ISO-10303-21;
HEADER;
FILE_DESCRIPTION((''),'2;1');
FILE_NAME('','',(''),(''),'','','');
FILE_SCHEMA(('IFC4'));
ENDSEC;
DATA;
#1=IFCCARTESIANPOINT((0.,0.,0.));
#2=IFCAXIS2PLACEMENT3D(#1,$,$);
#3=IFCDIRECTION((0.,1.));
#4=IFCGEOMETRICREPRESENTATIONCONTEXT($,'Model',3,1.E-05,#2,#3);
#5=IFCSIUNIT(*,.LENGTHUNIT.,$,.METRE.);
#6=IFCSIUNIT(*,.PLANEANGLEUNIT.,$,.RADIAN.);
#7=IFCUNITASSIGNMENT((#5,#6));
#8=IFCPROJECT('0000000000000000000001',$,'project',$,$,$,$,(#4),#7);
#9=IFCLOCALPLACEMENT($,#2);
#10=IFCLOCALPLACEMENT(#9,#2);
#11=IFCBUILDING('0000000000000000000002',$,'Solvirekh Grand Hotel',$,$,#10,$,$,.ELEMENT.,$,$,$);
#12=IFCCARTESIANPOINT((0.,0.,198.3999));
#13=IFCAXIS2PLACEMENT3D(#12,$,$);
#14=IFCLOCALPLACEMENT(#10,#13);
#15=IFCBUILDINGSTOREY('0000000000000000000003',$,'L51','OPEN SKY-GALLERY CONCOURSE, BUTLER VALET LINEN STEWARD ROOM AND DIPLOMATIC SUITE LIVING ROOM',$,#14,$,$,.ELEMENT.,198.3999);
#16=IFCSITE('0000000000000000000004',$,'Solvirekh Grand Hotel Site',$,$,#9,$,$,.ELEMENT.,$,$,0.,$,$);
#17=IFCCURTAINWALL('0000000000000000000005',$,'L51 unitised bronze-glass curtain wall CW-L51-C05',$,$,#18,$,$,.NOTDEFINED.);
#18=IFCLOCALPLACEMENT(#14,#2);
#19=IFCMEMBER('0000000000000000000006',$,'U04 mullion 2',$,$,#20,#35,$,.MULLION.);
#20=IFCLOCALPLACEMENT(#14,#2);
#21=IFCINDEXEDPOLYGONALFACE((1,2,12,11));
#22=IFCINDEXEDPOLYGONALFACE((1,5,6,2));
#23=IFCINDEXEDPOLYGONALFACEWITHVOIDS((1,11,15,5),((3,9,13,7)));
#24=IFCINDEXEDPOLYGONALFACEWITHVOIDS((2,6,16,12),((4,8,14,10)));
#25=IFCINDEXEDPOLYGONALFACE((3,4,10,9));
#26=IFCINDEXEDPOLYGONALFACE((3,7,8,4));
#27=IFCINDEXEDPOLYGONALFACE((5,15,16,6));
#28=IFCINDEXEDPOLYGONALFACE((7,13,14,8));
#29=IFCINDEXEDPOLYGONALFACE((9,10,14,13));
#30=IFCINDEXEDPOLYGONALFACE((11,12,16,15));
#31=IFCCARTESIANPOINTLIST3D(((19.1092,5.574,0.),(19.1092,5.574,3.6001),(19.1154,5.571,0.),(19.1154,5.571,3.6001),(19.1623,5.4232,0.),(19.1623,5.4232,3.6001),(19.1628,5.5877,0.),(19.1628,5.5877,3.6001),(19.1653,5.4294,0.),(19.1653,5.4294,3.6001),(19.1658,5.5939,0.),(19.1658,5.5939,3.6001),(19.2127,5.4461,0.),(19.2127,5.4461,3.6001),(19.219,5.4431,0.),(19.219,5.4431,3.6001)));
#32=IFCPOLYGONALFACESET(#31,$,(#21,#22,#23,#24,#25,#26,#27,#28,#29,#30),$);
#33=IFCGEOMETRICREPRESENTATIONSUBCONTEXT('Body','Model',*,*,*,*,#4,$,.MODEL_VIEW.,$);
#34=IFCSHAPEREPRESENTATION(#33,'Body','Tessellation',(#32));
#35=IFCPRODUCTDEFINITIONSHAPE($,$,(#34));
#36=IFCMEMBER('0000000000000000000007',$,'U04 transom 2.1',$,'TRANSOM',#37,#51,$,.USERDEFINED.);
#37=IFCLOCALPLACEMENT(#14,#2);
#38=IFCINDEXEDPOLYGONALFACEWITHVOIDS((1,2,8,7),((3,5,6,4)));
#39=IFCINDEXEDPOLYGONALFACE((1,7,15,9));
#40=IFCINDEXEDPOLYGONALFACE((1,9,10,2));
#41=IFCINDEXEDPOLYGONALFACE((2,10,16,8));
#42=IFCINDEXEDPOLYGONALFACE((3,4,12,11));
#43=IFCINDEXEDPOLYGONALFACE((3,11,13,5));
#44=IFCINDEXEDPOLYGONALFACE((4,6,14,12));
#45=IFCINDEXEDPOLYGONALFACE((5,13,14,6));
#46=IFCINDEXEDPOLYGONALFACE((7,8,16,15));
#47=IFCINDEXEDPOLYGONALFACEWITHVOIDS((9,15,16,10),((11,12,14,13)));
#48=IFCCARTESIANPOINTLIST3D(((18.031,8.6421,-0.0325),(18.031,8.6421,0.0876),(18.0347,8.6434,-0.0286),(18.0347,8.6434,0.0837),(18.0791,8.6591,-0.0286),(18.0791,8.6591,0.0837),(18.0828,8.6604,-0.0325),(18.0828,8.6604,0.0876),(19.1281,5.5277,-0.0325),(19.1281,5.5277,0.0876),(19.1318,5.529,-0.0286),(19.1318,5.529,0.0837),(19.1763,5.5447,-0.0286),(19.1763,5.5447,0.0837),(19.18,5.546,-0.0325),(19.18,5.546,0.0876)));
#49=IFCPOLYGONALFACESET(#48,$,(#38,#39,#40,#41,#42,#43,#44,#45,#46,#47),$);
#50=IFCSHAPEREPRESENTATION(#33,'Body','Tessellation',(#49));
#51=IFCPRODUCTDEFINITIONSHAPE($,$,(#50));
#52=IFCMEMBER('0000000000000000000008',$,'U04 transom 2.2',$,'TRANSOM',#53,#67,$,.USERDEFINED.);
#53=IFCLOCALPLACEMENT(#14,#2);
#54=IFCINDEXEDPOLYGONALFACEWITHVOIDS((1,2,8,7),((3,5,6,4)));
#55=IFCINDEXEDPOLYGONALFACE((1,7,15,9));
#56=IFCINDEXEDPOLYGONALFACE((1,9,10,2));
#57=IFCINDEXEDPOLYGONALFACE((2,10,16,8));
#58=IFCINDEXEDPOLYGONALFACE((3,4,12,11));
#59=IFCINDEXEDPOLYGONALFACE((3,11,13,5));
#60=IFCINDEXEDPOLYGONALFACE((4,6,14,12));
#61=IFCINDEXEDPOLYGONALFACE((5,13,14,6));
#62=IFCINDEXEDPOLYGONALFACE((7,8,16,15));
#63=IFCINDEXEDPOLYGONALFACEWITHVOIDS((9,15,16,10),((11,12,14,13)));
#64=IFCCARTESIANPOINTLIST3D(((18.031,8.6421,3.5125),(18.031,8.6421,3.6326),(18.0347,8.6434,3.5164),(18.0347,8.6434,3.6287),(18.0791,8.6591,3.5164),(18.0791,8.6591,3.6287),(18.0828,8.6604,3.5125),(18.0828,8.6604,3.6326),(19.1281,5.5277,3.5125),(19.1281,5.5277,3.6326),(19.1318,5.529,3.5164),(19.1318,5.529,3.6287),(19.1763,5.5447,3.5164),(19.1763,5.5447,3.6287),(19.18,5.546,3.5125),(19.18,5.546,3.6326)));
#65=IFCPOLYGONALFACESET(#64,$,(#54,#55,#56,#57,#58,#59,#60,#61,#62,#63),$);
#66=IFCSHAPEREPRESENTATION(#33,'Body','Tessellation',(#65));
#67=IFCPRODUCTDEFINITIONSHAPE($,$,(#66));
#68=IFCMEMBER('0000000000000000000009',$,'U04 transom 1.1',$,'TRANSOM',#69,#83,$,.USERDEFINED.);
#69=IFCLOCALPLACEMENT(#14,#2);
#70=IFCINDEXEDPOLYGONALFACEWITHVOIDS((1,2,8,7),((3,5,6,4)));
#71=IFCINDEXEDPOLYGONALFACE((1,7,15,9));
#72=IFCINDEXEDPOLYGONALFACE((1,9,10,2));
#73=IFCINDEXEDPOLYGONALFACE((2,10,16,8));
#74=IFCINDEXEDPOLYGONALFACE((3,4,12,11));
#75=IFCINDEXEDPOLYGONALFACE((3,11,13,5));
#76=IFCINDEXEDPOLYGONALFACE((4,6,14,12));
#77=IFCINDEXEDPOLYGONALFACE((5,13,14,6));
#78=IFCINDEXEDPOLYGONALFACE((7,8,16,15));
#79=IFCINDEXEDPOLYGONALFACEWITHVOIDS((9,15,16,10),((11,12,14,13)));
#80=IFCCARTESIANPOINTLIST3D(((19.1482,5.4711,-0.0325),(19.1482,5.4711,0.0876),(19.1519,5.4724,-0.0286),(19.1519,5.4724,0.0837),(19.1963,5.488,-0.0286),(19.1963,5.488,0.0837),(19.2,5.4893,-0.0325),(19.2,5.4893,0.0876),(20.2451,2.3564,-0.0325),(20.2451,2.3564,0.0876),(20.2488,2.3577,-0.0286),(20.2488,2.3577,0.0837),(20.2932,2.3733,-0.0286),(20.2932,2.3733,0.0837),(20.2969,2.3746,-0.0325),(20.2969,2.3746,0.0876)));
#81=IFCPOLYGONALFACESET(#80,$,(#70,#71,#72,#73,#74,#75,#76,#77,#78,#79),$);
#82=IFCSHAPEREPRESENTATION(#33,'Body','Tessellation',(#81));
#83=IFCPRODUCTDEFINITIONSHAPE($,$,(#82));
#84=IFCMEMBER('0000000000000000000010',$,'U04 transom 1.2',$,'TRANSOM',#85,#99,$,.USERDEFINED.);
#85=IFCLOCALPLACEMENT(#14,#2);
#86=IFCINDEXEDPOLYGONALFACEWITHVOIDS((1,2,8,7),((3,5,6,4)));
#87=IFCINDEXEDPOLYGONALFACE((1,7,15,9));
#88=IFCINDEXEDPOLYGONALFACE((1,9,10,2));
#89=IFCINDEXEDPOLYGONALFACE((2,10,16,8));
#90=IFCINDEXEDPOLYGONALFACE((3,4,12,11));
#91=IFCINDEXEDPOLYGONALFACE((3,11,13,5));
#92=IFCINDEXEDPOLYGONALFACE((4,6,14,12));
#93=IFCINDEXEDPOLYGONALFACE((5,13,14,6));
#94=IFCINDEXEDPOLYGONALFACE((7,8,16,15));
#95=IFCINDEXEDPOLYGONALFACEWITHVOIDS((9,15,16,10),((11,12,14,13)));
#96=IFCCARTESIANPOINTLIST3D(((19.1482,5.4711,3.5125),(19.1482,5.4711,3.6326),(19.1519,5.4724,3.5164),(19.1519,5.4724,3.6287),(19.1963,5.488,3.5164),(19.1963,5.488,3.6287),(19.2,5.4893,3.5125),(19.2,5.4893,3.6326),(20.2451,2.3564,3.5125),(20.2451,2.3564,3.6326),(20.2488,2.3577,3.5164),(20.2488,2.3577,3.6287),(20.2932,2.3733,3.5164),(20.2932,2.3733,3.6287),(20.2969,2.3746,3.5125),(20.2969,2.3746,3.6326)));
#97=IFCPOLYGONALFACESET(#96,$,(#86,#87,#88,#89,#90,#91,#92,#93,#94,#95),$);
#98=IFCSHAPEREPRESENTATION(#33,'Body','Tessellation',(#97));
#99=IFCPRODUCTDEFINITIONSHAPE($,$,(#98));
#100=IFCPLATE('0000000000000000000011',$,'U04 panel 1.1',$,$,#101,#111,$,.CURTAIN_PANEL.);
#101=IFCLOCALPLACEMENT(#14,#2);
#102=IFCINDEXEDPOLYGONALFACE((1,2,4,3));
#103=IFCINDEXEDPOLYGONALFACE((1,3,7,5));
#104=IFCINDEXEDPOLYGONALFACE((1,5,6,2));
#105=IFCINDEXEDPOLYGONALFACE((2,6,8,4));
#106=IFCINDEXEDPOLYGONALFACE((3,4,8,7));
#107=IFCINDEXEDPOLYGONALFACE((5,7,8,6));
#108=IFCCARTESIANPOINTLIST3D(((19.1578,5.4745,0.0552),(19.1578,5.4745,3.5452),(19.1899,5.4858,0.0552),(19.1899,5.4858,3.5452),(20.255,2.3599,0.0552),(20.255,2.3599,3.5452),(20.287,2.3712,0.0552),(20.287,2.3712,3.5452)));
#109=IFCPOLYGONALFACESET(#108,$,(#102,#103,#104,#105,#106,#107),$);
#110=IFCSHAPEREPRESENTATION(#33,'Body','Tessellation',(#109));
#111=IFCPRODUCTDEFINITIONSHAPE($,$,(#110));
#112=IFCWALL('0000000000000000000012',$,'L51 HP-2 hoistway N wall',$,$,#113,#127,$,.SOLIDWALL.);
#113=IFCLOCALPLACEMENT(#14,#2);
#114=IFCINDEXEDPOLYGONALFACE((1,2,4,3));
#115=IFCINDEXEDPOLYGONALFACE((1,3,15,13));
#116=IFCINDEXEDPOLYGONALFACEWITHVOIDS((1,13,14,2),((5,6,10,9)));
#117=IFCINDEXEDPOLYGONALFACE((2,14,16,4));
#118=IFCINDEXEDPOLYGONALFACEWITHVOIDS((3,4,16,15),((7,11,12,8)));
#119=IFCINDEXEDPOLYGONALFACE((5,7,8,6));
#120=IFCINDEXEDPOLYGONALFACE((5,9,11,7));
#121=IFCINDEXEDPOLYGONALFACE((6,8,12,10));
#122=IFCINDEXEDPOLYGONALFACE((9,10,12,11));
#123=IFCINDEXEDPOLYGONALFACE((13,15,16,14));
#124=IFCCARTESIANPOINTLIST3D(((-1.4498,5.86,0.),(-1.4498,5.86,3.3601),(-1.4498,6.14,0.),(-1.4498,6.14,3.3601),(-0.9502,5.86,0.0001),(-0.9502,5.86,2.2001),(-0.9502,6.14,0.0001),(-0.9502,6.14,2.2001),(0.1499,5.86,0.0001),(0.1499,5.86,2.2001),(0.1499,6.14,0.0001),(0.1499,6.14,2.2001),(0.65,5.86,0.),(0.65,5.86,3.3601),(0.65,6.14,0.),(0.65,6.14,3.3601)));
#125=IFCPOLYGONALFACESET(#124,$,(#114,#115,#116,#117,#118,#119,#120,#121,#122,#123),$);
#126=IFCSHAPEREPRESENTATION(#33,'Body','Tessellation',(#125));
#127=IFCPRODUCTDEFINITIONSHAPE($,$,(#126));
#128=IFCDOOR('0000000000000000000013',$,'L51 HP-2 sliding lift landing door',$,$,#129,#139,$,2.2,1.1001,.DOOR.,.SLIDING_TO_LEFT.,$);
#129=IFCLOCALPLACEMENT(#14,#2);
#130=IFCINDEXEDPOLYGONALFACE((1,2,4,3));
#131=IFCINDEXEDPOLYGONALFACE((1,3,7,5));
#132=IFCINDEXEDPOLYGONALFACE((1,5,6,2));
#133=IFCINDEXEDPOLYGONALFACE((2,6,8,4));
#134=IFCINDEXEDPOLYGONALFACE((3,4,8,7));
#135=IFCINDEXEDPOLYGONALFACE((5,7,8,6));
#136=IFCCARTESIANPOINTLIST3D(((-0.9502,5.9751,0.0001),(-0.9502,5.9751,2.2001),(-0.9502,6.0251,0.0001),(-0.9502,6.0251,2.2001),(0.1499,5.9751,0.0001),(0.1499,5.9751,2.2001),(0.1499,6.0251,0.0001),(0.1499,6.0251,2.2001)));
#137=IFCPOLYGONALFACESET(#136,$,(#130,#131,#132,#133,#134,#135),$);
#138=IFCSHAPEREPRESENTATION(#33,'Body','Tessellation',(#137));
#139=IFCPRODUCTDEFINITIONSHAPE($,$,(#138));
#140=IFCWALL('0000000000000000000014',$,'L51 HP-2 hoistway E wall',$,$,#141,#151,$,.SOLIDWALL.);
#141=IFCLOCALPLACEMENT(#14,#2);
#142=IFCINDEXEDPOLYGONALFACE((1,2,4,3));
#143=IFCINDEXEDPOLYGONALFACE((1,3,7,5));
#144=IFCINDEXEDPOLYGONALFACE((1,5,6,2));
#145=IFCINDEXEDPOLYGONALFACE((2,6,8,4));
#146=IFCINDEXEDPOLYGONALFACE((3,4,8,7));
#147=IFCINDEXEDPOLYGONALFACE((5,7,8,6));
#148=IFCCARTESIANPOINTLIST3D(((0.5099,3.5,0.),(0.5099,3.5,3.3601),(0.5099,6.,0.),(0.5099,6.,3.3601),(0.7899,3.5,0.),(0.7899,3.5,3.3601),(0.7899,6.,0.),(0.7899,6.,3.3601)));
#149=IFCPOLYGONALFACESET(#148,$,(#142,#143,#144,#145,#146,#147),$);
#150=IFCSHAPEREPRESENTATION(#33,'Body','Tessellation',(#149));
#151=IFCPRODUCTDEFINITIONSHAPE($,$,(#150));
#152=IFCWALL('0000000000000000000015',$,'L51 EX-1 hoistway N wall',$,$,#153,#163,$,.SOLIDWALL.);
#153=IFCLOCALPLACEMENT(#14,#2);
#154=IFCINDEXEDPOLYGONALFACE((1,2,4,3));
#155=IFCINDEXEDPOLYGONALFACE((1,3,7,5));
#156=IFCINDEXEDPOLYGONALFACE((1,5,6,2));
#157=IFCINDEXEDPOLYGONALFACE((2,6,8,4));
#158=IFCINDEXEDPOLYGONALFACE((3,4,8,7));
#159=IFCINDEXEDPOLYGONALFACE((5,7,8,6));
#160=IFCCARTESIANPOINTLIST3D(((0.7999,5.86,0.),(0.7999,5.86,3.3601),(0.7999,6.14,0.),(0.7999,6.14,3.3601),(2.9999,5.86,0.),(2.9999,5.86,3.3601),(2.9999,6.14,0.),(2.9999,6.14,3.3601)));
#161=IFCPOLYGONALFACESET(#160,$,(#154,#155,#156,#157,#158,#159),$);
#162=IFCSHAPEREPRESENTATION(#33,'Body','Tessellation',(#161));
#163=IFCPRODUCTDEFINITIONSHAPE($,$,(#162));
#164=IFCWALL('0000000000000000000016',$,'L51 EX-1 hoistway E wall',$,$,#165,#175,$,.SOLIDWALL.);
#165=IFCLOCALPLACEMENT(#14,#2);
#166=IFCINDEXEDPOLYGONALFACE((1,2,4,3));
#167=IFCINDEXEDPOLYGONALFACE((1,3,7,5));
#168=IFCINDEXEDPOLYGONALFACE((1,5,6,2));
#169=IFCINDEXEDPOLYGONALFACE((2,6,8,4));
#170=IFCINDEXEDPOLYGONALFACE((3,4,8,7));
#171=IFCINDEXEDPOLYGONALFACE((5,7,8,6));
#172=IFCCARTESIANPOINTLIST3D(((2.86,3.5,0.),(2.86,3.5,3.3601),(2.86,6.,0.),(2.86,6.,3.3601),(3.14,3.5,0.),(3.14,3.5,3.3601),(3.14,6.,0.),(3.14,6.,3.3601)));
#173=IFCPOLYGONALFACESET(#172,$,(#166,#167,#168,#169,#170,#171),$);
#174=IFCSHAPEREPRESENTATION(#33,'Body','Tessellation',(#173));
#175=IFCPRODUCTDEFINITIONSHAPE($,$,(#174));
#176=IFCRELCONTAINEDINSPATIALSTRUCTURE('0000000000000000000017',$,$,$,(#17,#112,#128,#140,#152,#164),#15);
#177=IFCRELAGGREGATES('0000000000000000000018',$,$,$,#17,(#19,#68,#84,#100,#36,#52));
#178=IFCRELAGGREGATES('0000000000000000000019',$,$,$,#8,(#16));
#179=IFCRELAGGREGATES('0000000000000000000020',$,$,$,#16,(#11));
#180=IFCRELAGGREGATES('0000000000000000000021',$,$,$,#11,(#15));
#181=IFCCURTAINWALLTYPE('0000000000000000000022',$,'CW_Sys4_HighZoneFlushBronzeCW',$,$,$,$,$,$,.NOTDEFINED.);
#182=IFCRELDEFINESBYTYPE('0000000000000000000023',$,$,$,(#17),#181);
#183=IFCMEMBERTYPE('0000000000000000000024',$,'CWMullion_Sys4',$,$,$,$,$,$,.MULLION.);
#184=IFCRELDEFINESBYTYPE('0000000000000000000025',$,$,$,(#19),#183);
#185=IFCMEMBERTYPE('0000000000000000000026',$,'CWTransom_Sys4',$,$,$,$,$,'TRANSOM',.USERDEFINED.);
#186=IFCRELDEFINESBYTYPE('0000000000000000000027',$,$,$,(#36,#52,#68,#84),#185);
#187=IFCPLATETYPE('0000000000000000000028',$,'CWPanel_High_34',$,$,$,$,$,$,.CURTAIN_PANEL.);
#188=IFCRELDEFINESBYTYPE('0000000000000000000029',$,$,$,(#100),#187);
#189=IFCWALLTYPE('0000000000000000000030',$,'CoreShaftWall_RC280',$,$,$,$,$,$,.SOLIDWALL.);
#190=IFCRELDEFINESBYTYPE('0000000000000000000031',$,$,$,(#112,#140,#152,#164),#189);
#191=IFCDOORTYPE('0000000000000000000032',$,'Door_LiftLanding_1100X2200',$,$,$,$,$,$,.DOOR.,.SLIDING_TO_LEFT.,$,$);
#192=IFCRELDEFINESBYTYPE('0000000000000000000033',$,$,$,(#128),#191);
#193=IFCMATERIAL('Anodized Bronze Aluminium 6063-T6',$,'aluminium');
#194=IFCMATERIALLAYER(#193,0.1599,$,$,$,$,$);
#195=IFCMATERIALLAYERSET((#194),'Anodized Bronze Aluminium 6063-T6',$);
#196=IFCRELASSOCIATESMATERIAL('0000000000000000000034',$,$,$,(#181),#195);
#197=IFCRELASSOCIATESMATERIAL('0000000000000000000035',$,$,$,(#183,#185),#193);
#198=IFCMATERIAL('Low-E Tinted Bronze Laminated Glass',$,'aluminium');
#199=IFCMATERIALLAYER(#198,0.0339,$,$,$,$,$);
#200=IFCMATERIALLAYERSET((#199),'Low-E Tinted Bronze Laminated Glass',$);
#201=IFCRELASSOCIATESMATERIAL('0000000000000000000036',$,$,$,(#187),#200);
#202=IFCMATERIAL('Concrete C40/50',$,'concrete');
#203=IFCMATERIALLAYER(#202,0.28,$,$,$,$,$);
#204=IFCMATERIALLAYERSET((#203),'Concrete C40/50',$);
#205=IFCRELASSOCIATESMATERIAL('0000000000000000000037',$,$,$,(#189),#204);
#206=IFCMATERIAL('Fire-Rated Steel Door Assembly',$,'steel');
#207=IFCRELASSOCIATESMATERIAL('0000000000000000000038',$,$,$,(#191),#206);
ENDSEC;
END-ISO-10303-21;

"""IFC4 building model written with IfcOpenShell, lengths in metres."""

from ifc_helpers import new_model, si_unit, direction, frame, frame_2d, origin, origin_2d, place, context, subcontext, project, spatial, rectangle, hollow_rectangle, extrude, source, transform, mapped, material, layer, layer_set, material_profile, profile_set, type_object, element, fill, aggregate, save


model = new_model("IFC4")

# Units and contexts
model_context = context("Model", 3, precision=1e-05, world=origin(), true_north=direction((0.0, 1.0)))
body_context = subcontext(model_context, "Body", "Model", "MODEL_VIEW")
ifc_project = project(units=[si_unit("LENGTHUNIT", "METRE"), si_unit("PLANEANGLEUNIT", "RADIAN")], contexts=[model_context])

# Site, building, storey
site_placement = place(None, origin())
site = spatial("IfcSite", under=ifc_project, at=site_placement, Name="Solvirekh Grand Hotel Site", CompositionType="ELEMENT", RefElevation=0.0)
building_placement = place(site_placement, origin())
building = spatial("IfcBuilding", under=site, at=building_placement, Name="Solvirekh Grand Hotel", CompositionType="ELEMENT")
storey_placement = place(building_placement, frame((0.0, 0.0, 198.3999)))
storey = spatial("IfcBuildingStorey", under=building, at=storey_placement, Name="L51", Description="OPEN SKY-GALLERY CONCOURSE, BUTLER VALET LINEN STEWARD ROOM AND DIPLOMATIC SUITE LIVING ROOM", CompositionType="ELEMENT", Elevation=198.3999)

# Curtain wall, members, plate
ifc_material_1 = material(Name="Anodized Bronze Aluminium 6063-T6", Category="aluminium")
ifc_layer_1 = layer(ifc_material_1, 0.1599)
ifc_layer_set_1 = layer_set([ifc_layer_1], Name="Anodized Bronze Aluminium 6063-T6")
curtain_wall_type = type_object("IfcCurtainWallType", Name="CW_Sys4_HighZoneFlushBronzeCW", PredefinedType="NOTDEFINED", material=ifc_layer_set_1)
curtain_wall_placement = place(storey_placement, origin())
curtain_wall = element("IfcCurtainWall", 1, at=curtain_wall_placement, inside=storey, type_object=curtain_wall_type, Name="L51 unitised bronze-glass curtain wall CW-L51-C05", PredefinedType="NOTDEFINED")
ifc_material_profile_1 = material_profile(ifc_material_1, hollow_rectangle(XDim=0.0601, YDim=0.1599, WallThickness=0.0049, at=origin_2d()), Name="ALU RHS 160X60X5")
ifc_profile_set_1 = profile_set([ifc_material_profile_1], Name="Anodized Bronze Aluminium 6063-T6")
member_type_1 = type_object("IfcMemberType", Name="CWMullion_Sys4", PredefinedType="MULLION", material=ifc_profile_set_1)
shared_shape_1 = source(origin(), body_context, "Body", "SweptSolid", [
    extrude(hollow_rectangle(XDim=0.0601, YDim=0.1599, WallThickness=0.0049, at=origin_2d()), origin(), (0.0, 0.0, 1.0), 3.6001),
])
member_1_placement = place(storey_placement, frame((19.1641, 5.5085, 0.0), z_axis=(0.0, 0.0, 1.0), x_axis=(-0.943197, -0.332234, 0.0)))
member_1 = element("IfcMember", 2, at=member_1_placement, type_object=member_type_1, Name="U04 mullion 2", PredefinedType="MULLION", context=body_context, shape_type="MappedRepresentation", body=[
    mapped(shared_shape_1, transform((0.0, 0.0, 0.0), x_axis=(1.0, 0.0, 0.0), y_axis=(0.0, 1.0, 0.0), z_axis=(0.0, 0.0, 1.0), scale=1.0)),
])
ifc_material_profile_2 = material_profile(ifc_material_1, hollow_rectangle(XDim=0.0549, YDim=0.1201, WallThickness=0.0039, at=origin_2d()), Name="ALU RHS 120X55X4")
ifc_profile_set_2 = profile_set([ifc_material_profile_2], Name="Anodized Bronze Aluminium 6063-T6")
member_type_2 = type_object("IfcMemberType", Name="CWTransom_Sys4", ElementType="TRANSOM", PredefinedType="USERDEFINED", material=ifc_profile_set_2)
shared_shape_2 = source(origin(), body_context, "Body", "SweptSolid", [
    extrude(hollow_rectangle(XDim=0.0549, YDim=0.1201, WallThickness=0.0039, at=origin_2d()), origin(), (0.0, 0.0, 1.0), 3.302),
])
member_2_placement = place(storey_placement, frame((19.1541, 5.5369, 0.0276), z_axis=(-0.332263, 0.943187, 0.0), x_axis=(-0.943187, -0.332263, 0.0)))
member_2 = element("IfcMember", 3, at=member_2_placement, type_object=member_type_2, Name="U04 transom 2.1", ObjectType="TRANSOM", PredefinedType="USERDEFINED", context=body_context, shape_type="MappedRepresentation", body=[
    mapped(shared_shape_2, transform((0.0, 0.0, 0.0), x_axis=(1.0, 0.0, 0.0), y_axis=(0.0, 1.0, 0.0), z_axis=(0.0, 0.0, 1.0), scale=1.0)),
])
member_3_placement = place(storey_placement, frame((19.1541, 5.5369, 3.5725), z_axis=(-0.332263, 0.943187, 0.0), x_axis=(-0.943187, -0.332263, 0.0)))
member_3 = element("IfcMember", 4, at=member_3_placement, type_object=member_type_2, Name="U04 transom 2.2", ObjectType="TRANSOM", PredefinedType="USERDEFINED", context=body_context, shape_type="MappedRepresentation", body=[
    mapped(shared_shape_2, transform((0.0, 0.0, 0.0), x_axis=(1.0, 0.0, 0.0), y_axis=(0.0, 1.0, 0.0), z_axis=(0.0, 0.0, 1.0), scale=1.0)),
])
shared_shape_3 = source(origin(), body_context, "Body", "SweptSolid", [
    extrude(hollow_rectangle(XDim=0.0549, YDim=0.1201, WallThickness=0.0039, at=origin_2d()), origin(), (0.0, 0.0, 1.0), 3.3022),
])
member_4_placement = place(storey_placement, frame((20.271, 2.3655, 0.0276), z_axis=(-0.332174, 0.943218, 0.0), x_axis=(-0.943218, -0.332174, 0.0)))
member_4 = element("IfcMember", 5, at=member_4_placement, type_object=member_type_2, Name="U04 transom 1.1", ObjectType="TRANSOM", PredefinedType="USERDEFINED", context=body_context, shape_type="MappedRepresentation", body=[
    mapped(shared_shape_3, transform((0.0, 0.0, 0.0), x_axis=(1.0, 0.0, 0.0), y_axis=(0.0, 1.0, 0.0), z_axis=(0.0, 0.0, 1.0), scale=1.0)),
])
member_5_placement = place(storey_placement, frame((20.271, 2.3655, 3.5725), z_axis=(-0.332174, 0.943218, 0.0), x_axis=(-0.943218, -0.332174, 0.0)))
member_5 = element("IfcMember", 6, at=member_5_placement, type_object=member_type_2, Name="U04 transom 1.2", ObjectType="TRANSOM", PredefinedType="USERDEFINED", context=body_context, shape_type="MappedRepresentation", body=[
    mapped(shared_shape_3, transform((0.0, 0.0, 0.0), x_axis=(1.0, 0.0, 0.0), y_axis=(0.0, 1.0, 0.0), z_axis=(0.0, 0.0, 1.0), scale=1.0)),
])
ifc_material_2 = material(Name="Low-E Tinted Bronze Laminated Glass", Category="aluminium")
ifc_layer_2 = layer(ifc_material_2, 0.0339)
ifc_layer_set_2 = layer_set([ifc_layer_2], Name="Low-E Tinted Bronze Laminated Glass")
plate_type = type_object("IfcPlateType", Name="CWPanel_High_34", PredefinedType="CURTAIN_PANEL", material=ifc_layer_set_2)
shared_shape_4 = source(origin(), body_context, "Body", "SweptSolid", [
    extrude(rectangle(XDim=3.3022, YDim=0.0339, at=origin_2d()), origin(), (0.0, 0.0, 1.0), 3.49),
])
plate_placement = place(storey_placement, frame((19.7224, 3.9229, 0.0552), z_axis=(0.0, 0.0, 1.0), x_axis=(-0.332234, 0.943197, 0.0)))
plate = element("IfcPlate", 7, at=plate_placement, type_object=plate_type, Name="U04 panel 1.1", PredefinedType="CURTAIN_PANEL", context=body_context, shape_type="MappedRepresentation", body=[
    mapped(shared_shape_4, transform((0.0, 0.0, 0.0), x_axis=(1.0, 0.0, 0.0), y_axis=(0.0, 1.0, 0.0), z_axis=(0.0, 0.0, 1.0), scale=1.0)),
])
aggregate(curtain_wall, [member_1, member_4, member_5, plate, member_2, member_3])

# Wall, opening, door
ifc_material_3 = material(Name="Concrete C40/50", Category="concrete")
ifc_layer_3 = layer(ifc_material_3, 0.28)
ifc_layer_set_3 = layer_set([ifc_layer_3], Name="Concrete C40/50")
wall_type_1 = type_object("IfcWallType", Name="CoreShaftWall_RC280", PredefinedType="SOLIDWALL", material=ifc_layer_set_3)
wall_1_placement = place(storey_placement, frame((0.6499, 6.0, 0.0), z_axis=(0.0, 0.0, 1.0), x_axis=(-1.0, 0.0, 0.0)))
wall_1 = element("IfcWall", 8, at=wall_1_placement, inside=storey, type_object=wall_type_1, Name="L51 HP-2 hoistway N wall", PredefinedType="SOLIDWALL", context=body_context, shape_type="SweptSolid", body=[
    extrude(rectangle(XDim=2.0999, YDim=0.28, at=frame_2d((1.0498, 0.0))), origin(), (0.0, 0.0, 1.0), 3.3601),
])
opening_1_placement = place(wall_1_placement, frame((0.5, 0.0, 0.0)))
opening_1 = element("IfcOpeningElement", 9, at=opening_1_placement, cuts=wall_1, PredefinedType="OPENING", context=body_context, shape_type="SweptSolid", body=[
    extrude(rectangle(XDim=1.1001, YDim=2.2, at=frame_2d((0.55, 1.1001))), frame((0.0, 0.1499, 0.0), z_axis=(0.0, -1.0, 0.0), x_axis=(1.0, 0.0, 0.0)), (0.0, 0.0, 1.0), 0.3),
])
ifc_material_4 = material(Name="Fire-Rated Steel Door Assembly", Category="steel")
door_type_1 = type_object("IfcDoorType", Name="Door_LiftLanding_1100X2200", OperationType="SLIDING_TO_LEFT", PredefinedType="DOOR", material=ifc_material_4)
door_1_placement = place(opening_1_placement, origin())
door_1 = element("IfcDoor", 10, at=door_1_placement, inside=storey, type_object=door_type_1, Name="L51 HP-2 sliding lift landing door", OperationType="SLIDING_TO_LEFT", OverallHeight=2.2, OverallWidth=1.1001, PredefinedType="DOOR", context=body_context, shape_type="SweptSolid", body=[
    extrude(rectangle(XDim=1.1001, YDim=2.2, at=frame_2d((0.55, 1.1001))), frame((0.0, 0.0249, 0.0), z_axis=(0.0, -1.0, 0.0), x_axis=(1.0, 0.0, 0.0)), (0.0, 0.0, 1.0), 0.05),
])
fill(opening_1, door_1)

# Walls
wall_2_placement = place(storey_placement, frame((0.6499, 3.5, 0.0), z_axis=(0.0, 0.0, 1.0), x_axis=(0.0, 1.0, 0.0)))
element("IfcWall", 11, at=wall_2_placement, inside=storey, type_object=wall_type_1, Name="L51 HP-2 hoistway E wall", PredefinedType="SOLIDWALL", context=body_context, shape_type="SweptSolid", body=[
    extrude(rectangle(XDim=2.5, YDim=0.28, at=frame_2d((1.25, 0.0))), origin(), (0.0, 0.0, 1.0), 3.3601),
])
wall_3_placement = place(storey_placement, frame((3.0, 6.0, 0.0), z_axis=(0.0, 0.0, 1.0), x_axis=(-1.0, 0.0, 0.0)))
element("IfcWall", 12, at=wall_3_placement, inside=storey, type_object=wall_type_1, Name="L51 EX-1 hoistway N wall", PredefinedType="SOLIDWALL", context=body_context, shape_type="SweptSolid", body=[
    extrude(rectangle(XDim=2.2, YDim=0.28, at=frame_2d((1.1001, 0.0))), origin(), (0.0, 0.0, 1.0), 3.3601),
])
wall_4_placement = place(storey_placement, frame((3.0, 3.5, 0.0), z_axis=(0.0, 0.0, 1.0), x_axis=(0.0, 1.0, 0.0)))
element("IfcWall", 13, at=wall_4_placement, inside=storey, type_object=wall_type_1, Name="L51 EX-1 hoistway E wall", PredefinedType="SOLIDWALL", context=body_context, shape_type="SweptSolid", body=[
    extrude(rectangle(XDim=2.5, YDim=0.28, at=frame_2d((1.25, 0.0))), origin(), (0.0, 0.0, 1.0), 3.3601),
])

save(model, "model.ifc")
